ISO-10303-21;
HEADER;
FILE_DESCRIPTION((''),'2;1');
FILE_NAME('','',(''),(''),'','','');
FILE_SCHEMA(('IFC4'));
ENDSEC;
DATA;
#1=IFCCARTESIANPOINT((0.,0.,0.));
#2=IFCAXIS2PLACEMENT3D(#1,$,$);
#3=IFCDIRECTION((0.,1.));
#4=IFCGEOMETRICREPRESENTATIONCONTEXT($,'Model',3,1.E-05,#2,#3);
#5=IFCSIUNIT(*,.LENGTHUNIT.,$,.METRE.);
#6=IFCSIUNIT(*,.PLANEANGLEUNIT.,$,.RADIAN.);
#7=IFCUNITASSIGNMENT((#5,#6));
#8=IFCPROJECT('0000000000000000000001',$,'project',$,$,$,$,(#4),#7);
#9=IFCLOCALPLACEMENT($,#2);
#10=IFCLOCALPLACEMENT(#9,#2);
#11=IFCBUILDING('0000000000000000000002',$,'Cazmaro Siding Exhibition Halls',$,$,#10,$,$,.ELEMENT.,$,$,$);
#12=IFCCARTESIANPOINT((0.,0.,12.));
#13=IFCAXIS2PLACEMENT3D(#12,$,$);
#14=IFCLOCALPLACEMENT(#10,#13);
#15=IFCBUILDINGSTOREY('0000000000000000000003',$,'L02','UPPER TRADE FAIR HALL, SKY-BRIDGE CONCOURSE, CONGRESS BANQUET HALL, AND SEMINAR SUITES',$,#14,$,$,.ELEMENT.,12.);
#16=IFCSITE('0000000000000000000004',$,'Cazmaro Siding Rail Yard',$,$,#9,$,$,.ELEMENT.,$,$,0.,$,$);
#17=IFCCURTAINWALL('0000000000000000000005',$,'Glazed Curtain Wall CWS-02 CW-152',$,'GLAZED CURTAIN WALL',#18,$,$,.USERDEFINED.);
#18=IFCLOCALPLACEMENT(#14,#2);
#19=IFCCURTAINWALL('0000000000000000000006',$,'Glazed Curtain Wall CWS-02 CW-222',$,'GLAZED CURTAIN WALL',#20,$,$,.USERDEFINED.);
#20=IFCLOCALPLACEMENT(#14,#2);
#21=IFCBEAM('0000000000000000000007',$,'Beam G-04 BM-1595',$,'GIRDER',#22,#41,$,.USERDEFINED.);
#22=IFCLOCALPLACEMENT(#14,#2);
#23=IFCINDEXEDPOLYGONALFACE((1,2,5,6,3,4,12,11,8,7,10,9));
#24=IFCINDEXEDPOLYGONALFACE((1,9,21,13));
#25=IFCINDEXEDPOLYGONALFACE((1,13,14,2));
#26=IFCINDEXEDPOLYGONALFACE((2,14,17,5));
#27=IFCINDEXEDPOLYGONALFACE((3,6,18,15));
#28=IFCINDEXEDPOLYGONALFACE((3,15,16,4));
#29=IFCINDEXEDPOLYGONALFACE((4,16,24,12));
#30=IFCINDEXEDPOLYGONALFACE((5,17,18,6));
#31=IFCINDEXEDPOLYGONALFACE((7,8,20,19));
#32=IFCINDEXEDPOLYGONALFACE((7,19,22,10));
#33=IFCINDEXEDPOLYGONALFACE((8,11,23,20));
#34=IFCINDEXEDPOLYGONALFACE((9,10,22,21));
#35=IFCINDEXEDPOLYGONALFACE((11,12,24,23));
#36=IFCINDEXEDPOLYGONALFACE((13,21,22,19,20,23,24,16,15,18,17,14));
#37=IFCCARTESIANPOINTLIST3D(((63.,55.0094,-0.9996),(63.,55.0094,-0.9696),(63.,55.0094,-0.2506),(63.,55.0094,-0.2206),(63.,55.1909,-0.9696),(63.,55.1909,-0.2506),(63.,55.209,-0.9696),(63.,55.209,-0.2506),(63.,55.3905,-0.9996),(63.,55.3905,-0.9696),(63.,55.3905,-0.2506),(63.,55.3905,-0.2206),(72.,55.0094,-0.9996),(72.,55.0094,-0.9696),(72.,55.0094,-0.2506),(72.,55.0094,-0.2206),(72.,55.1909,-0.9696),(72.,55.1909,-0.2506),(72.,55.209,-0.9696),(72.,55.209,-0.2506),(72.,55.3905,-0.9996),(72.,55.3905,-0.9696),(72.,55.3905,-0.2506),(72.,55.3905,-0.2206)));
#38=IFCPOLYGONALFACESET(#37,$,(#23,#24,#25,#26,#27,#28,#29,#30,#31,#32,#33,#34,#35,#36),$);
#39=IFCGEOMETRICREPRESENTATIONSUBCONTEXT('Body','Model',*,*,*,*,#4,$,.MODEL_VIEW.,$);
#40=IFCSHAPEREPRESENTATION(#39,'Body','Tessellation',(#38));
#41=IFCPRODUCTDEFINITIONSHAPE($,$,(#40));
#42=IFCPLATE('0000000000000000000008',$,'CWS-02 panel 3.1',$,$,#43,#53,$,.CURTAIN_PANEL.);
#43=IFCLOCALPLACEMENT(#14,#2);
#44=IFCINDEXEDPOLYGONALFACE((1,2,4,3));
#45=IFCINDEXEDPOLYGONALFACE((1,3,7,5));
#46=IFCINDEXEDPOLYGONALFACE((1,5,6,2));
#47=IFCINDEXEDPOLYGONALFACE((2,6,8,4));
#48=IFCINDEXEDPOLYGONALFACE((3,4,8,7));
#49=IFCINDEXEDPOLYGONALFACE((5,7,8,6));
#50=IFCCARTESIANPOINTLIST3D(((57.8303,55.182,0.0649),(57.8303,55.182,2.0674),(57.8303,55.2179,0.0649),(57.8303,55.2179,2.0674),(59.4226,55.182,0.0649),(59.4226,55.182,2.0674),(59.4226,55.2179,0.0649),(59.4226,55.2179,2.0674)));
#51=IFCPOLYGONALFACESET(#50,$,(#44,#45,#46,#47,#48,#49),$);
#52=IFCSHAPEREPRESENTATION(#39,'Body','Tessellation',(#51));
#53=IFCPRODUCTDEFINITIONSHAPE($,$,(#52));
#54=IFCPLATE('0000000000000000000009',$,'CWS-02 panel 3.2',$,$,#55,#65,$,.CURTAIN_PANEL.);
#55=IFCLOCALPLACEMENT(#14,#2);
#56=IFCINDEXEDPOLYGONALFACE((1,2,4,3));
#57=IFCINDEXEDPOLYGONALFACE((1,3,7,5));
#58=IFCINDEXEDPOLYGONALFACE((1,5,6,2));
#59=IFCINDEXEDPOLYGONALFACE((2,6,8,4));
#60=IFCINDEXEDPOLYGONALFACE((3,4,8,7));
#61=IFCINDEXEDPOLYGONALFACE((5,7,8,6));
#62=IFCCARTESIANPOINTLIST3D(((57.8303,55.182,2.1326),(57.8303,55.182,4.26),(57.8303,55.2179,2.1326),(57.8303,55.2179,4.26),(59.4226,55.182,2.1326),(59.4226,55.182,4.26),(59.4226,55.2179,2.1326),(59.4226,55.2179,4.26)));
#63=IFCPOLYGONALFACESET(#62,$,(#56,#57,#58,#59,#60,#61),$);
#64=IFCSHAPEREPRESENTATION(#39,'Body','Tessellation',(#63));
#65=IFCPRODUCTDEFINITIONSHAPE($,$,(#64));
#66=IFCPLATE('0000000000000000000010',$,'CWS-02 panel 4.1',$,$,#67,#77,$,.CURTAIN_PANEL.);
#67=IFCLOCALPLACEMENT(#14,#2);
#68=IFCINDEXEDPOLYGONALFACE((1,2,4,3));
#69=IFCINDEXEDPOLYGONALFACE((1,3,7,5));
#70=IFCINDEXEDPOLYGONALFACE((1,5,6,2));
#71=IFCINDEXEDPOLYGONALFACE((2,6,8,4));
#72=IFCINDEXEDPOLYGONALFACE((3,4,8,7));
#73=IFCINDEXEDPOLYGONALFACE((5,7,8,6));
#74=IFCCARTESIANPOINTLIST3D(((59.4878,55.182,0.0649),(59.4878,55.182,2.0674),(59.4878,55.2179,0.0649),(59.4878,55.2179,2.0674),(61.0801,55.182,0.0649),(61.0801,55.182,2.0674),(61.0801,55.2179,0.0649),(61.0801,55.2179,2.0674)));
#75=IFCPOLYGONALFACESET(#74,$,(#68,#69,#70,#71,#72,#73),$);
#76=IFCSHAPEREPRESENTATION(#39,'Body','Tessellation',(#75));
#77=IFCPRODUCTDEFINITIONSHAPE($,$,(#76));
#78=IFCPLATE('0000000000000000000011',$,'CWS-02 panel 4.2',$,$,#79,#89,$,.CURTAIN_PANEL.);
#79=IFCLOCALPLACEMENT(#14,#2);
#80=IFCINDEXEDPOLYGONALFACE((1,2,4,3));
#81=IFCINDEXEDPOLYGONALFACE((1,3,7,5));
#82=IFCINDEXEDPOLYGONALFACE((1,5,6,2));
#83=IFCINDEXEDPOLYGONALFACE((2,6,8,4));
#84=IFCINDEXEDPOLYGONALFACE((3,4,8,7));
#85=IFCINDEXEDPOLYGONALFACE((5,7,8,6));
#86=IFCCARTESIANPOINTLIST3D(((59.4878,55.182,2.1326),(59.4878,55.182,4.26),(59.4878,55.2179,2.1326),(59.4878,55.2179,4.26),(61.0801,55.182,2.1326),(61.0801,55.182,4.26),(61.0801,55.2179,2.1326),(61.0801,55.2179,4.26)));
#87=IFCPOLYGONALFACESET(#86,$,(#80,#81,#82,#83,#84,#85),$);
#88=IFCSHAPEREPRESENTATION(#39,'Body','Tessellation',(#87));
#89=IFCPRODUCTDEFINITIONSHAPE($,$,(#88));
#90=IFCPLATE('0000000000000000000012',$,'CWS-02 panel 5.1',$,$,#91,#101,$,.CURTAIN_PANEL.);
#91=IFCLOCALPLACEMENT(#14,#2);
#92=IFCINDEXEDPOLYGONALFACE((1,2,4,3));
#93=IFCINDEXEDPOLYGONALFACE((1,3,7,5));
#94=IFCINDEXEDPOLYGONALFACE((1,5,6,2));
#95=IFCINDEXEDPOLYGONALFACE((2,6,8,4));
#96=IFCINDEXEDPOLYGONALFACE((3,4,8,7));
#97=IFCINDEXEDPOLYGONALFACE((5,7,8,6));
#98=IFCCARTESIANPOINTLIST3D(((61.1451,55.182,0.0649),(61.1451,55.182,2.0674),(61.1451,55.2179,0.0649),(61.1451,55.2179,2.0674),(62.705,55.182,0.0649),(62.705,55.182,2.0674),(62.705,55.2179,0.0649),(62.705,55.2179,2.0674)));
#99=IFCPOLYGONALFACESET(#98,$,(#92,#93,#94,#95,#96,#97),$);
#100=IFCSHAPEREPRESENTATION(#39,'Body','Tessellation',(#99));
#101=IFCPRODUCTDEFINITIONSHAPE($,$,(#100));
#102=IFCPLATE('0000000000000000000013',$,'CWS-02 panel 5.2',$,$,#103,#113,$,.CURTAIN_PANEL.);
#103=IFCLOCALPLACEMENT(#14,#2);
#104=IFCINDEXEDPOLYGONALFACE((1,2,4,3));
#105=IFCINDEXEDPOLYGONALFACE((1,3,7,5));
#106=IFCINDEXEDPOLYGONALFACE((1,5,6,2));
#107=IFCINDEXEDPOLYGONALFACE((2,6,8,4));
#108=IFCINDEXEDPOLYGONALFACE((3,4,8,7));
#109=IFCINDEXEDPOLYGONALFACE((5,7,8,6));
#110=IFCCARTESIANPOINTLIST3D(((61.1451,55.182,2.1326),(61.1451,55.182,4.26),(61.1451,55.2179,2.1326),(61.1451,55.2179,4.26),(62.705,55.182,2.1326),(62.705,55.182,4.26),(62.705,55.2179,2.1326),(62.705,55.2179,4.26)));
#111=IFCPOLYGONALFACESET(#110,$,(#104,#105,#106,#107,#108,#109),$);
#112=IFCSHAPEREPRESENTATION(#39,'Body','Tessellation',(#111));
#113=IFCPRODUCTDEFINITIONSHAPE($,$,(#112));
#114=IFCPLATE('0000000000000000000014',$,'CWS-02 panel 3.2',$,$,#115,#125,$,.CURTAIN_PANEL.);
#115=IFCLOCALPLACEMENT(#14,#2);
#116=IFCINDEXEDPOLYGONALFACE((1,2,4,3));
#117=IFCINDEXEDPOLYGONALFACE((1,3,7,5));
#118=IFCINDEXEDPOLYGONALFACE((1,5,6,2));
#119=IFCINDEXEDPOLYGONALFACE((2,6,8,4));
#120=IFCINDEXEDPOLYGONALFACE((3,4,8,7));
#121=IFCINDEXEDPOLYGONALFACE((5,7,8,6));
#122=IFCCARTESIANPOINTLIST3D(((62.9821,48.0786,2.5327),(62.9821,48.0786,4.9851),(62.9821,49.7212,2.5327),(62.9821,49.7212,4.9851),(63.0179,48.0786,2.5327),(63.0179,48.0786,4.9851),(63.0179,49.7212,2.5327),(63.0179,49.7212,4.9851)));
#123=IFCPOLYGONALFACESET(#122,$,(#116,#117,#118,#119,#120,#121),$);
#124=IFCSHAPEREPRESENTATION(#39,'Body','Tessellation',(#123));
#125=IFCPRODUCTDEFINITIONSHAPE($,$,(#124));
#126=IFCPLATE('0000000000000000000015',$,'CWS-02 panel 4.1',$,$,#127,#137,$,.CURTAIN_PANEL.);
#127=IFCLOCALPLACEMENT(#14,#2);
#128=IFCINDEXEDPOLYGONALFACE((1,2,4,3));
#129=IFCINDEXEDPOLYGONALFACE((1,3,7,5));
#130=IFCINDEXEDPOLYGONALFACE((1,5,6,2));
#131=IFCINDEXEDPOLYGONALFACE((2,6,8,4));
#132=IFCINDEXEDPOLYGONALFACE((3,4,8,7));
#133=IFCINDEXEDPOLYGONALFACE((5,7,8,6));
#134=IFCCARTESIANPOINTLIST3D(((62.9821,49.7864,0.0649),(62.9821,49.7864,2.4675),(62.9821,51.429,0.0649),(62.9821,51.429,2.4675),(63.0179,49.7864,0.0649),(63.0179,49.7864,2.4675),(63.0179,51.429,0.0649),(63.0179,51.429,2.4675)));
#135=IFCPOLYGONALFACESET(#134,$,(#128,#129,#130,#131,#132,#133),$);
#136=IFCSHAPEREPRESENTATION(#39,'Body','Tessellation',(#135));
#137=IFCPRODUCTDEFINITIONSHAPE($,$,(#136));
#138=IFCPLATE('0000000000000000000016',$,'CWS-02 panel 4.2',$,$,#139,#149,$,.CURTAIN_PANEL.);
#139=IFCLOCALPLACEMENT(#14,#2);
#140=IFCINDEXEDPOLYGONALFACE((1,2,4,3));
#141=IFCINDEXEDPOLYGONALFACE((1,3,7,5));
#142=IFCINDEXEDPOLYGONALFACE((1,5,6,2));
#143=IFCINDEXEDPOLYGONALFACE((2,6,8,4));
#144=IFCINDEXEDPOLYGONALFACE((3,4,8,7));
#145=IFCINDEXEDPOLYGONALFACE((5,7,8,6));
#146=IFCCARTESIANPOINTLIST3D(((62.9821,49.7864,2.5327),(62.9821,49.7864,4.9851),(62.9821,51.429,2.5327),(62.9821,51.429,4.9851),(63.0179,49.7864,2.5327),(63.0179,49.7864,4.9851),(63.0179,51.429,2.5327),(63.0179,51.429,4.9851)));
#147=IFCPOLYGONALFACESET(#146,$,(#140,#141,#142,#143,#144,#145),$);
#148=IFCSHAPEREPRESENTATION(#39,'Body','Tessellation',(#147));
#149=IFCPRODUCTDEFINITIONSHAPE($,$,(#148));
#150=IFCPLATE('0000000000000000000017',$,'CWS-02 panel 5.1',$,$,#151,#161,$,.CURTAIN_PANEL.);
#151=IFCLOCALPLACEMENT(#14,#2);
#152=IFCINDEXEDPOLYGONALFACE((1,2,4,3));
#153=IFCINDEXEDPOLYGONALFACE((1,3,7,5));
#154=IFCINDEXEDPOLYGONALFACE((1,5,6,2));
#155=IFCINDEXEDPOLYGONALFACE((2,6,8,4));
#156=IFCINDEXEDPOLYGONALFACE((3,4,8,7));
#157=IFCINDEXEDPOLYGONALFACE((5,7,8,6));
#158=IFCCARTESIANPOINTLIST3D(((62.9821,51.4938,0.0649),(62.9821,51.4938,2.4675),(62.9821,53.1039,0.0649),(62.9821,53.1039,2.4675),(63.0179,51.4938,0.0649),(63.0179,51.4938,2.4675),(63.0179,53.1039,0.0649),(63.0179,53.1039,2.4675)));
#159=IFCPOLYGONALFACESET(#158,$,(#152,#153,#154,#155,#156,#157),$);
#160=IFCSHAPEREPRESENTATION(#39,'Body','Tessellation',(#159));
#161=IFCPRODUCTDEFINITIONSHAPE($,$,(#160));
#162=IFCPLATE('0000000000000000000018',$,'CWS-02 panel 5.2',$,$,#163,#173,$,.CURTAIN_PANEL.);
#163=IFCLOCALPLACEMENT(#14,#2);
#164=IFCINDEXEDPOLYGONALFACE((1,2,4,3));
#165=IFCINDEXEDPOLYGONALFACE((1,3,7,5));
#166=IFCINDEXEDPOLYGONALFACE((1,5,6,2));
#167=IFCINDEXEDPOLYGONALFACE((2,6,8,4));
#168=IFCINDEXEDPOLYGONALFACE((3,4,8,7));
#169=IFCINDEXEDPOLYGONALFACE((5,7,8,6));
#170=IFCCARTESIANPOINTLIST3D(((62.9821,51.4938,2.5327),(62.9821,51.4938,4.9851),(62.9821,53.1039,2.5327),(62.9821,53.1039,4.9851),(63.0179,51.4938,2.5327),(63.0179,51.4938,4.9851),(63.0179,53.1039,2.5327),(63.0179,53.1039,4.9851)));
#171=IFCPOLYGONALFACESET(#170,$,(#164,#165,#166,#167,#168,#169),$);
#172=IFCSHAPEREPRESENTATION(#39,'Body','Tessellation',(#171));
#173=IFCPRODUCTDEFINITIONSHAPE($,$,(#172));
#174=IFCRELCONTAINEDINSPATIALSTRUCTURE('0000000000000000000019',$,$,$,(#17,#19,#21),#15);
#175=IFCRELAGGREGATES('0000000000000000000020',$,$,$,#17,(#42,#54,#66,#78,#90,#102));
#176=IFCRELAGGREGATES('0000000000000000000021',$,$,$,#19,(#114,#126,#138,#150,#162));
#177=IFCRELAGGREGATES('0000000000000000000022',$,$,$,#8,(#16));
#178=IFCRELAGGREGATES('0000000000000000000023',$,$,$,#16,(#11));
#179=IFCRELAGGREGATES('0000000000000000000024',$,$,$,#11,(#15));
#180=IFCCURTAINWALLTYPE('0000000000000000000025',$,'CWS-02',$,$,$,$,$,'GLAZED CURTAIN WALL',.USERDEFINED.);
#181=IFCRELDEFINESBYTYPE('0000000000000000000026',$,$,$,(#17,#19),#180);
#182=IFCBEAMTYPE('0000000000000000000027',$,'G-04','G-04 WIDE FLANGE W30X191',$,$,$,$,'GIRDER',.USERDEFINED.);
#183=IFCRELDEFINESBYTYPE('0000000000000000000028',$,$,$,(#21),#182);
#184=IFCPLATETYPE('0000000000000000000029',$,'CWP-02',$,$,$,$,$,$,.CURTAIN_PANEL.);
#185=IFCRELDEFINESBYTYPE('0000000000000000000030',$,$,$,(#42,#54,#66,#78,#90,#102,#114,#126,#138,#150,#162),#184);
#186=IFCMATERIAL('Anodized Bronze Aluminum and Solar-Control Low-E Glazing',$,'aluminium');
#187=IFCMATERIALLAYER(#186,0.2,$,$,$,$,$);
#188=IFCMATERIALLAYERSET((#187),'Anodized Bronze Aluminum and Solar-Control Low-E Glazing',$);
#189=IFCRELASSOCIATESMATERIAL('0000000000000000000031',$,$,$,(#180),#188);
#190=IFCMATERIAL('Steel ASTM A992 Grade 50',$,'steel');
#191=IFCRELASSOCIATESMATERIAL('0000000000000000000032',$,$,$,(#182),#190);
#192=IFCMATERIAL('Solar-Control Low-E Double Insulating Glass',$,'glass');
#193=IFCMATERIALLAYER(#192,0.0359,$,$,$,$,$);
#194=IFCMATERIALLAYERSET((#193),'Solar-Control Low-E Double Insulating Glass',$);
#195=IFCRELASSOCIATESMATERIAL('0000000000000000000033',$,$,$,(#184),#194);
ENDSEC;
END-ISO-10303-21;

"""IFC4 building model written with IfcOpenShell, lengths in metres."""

from ifc_helpers import new_model, si_unit, direction, frame, origin, origin_2d, place, context, subcontext, project, spatial, rectangle, i_section, extrude, material, layer, layer_set, material_profile, profile_set, type_object, element, aggregate, save


model = new_model("IFC4")

# Units and contexts
model_context = context("Model", 3, precision=1e-05, world=origin(), true_north=direction((0.0, 1.0)))
body_context = subcontext(model_context, "Body", "Model", "MODEL_VIEW")
ifc_project = project(units=[si_unit("LENGTHUNIT", "METRE"), si_unit("PLANEANGLEUNIT", "RADIAN")], contexts=[model_context])

# Site, building, storey
site_placement = place(None, origin())
site = spatial("IfcSite", under=ifc_project, at=site_placement, Name="Cazmaro Siding Rail Yard", CompositionType="ELEMENT", RefElevation=0.0)
building_placement = place(site_placement, origin())
building = spatial("IfcBuilding", under=site, at=building_placement, Name="Cazmaro Siding Exhibition Halls", CompositionType="ELEMENT")
storey_placement = place(building_placement, frame((0.0, 0.0, 12.0)))
storey = spatial("IfcBuildingStorey", under=building, at=storey_placement, Name="L02", Description="UPPER TRADE FAIR HALL, SKY-BRIDGE CONCOURSE, CONGRESS BANQUET HALL, AND SEMINAR SUITES", CompositionType="ELEMENT", Elevation=12.0)

# Curtain walls
ifc_material_1 = material(Name="Anodized Bronze Aluminum and Solar-Control Low-E Glazing", Category="aluminium")
ifc_layer_1 = layer(ifc_material_1, 0.2)
ifc_layer_set_1 = layer_set([ifc_layer_1], Name="Anodized Bronze Aluminum and Solar-Control Low-E Glazing")
curtain_wall_type = type_object("IfcCurtainWallType", Name="CWS-02", ElementType="GLAZED CURTAIN WALL", PredefinedType="USERDEFINED", material=ifc_layer_set_1)
curtain_wall_1_placement = place(storey_placement, origin())
curtain_wall_1 = element("IfcCurtainWall", 1, at=curtain_wall_1_placement, inside=storey, type_object=curtain_wall_type, Name="Glazed Curtain Wall CWS-02 CW-152", ObjectType="GLAZED CURTAIN WALL", PredefinedType="USERDEFINED")
curtain_wall_2_placement = place(storey_placement, origin())
curtain_wall_2 = element("IfcCurtainWall", 2, at=curtain_wall_2_placement, inside=storey, type_object=curtain_wall_type, Name="Glazed Curtain Wall CWS-02 CW-222", ObjectType="GLAZED CURTAIN WALL", PredefinedType="USERDEFINED")

# Beam
ifc_material_2 = material(Name="Steel ASTM A992 Grade 50", Category="steel")
ifc_material_profile_1 = material_profile(ifc_material_2, i_section(OverallWidth=0.3811, OverallDepth=0.7791, WebThickness=0.0181, FlangeThickness=0.03, at=origin_2d()), Name="W30X191")
ifc_profile_set_1 = profile_set([ifc_material_profile_1], Name="Steel ASTM A992 Grade 50")
beam_type_1 = type_object("IfcBeamType", Name="G-04", Description="G-04 WIDE FLANGE W30X191", ElementType="GIRDER", PredefinedType="USERDEFINED", material=ifc_profile_set_1)
beam_1_placement = place(storey_placement, frame((63.0, 55.2, -0.6101), z_axis=(1.0, 0.0, 0.0), x_axis=(0.0, 1.0, 0.0)))
element("IfcBeam", 3, at=beam_1_placement, inside=storey, type_object=beam_type_1, Name="Beam G-04 BM-1595", ObjectType="GIRDER", PredefinedType="USERDEFINED", context=body_context, shape_type="SweptSolid", body=[
    extrude(i_section(OverallWidth=0.3811, OverallDepth=0.7791, WebThickness=0.0181, FlangeThickness=0.03, at=origin_2d()), origin(), (0.0, 0.0, 1.0), 9.0),
])

# Plates
ifc_material_3 = material(Name="Solar-Control Low-E Double Insulating Glass", Category="glass")
ifc_layer_2 = layer(ifc_material_3, 0.0359)
ifc_layer_set_2 = layer_set([ifc_layer_2], Name="Solar-Control Low-E Double Insulating Glass")
plate_type = type_object("IfcPlateType", Name="CWP-02", PredefinedType="CURTAIN_PANEL", material=ifc_layer_set_2)
plate_1_placement = place(storey_placement, frame((58.6265, 55.2, 0.0649), z_axis=(0.0, 0.0, 1.0), x_axis=(1.0, 0.0, 0.0)))
plate_1 = element("IfcPlate", 4, at=plate_1_placement, type_object=plate_type, Name="CWS-02 panel 3.1", PredefinedType="CURTAIN_PANEL", context=body_context, shape_type="SweptSolid", body=[
    extrude(rectangle(XDim=1.5923, YDim=0.0359, at=origin_2d()), origin(), (0.0, 0.0, 1.0), 2.0024),
])
plate_2_placement = place(storey_placement, frame((58.6265, 55.2, 2.1326), z_axis=(0.0, 0.0, 1.0), x_axis=(1.0, 0.0, 0.0)))
plate_2 = element("IfcPlate", 5, at=plate_2_placement, type_object=plate_type, Name="CWS-02 panel 3.2", PredefinedType="CURTAIN_PANEL", context=body_context, shape_type="SweptSolid", body=[
    extrude(rectangle(XDim=1.5923, YDim=0.0359, at=origin_2d()), origin(), (0.0, 0.0, 1.0), 2.1274),
])
plate_3_placement = place(storey_placement, frame((60.2839, 55.2, 0.0649), z_axis=(0.0, 0.0, 1.0), x_axis=(1.0, 0.0, 0.0)))
plate_3 = element("IfcPlate", 6, at=plate_3_placement, type_object=plate_type, Name="CWS-02 panel 4.1", PredefinedType="CURTAIN_PANEL", context=body_context, shape_type="SweptSolid", body=[
    extrude(rectangle(XDim=1.5923, YDim=0.0359, at=origin_2d()), origin(), (0.0, 0.0, 1.0), 2.0024),
])
plate_4_placement = place(storey_placement, frame((60.2839, 55.2, 2.1326), z_axis=(0.0, 0.0, 1.0), x_axis=(1.0, 0.0, 0.0)))
plate_4 = element("IfcPlate", 7, at=plate_4_placement, type_object=plate_type, Name="CWS-02 panel 4.2", PredefinedType="CURTAIN_PANEL", context=body_context, shape_type="SweptSolid", body=[
    extrude(rectangle(XDim=1.5923, YDim=0.0359, at=origin_2d()), origin(), (0.0, 0.0, 1.0), 2.1274),
])
plate_5_placement = place(storey_placement, frame((61.925, 55.2, 0.0649), z_axis=(0.0, 0.0, 1.0), x_axis=(1.0, 0.0, 0.0)))
plate_5 = element("IfcPlate", 8, at=plate_5_placement, type_object=plate_type, Name="CWS-02 panel 5.1", PredefinedType="CURTAIN_PANEL", context=body_context, shape_type="SweptSolid", body=[
    extrude(rectangle(XDim=1.5598, YDim=0.0359, at=origin_2d()), origin(), (0.0, 0.0, 1.0), 2.0024),
])
plate_6_placement = place(storey_placement, frame((61.925, 55.2, 2.1326), z_axis=(0.0, 0.0, 1.0), x_axis=(1.0, 0.0, 0.0)))
plate_6 = element("IfcPlate", 9, at=plate_6_placement, type_object=plate_type, Name="CWS-02 panel 5.2", PredefinedType="CURTAIN_PANEL", context=body_context, shape_type="SweptSolid", body=[
    extrude(rectangle(XDim=1.5598, YDim=0.0359, at=origin_2d()), origin(), (0.0, 0.0, 1.0), 2.1274),
])
aggregate(curtain_wall_1, [plate_1, plate_2, plate_3, plate_4, plate_5, plate_6])
plate_7_placement = place(storey_placement, frame((63.0, 48.8999, 2.5327), z_axis=(0.0, 0.0, 1.0), x_axis=(0.0, 1.0, 0.0)))
plate_7 = element("IfcPlate", 10, at=plate_7_placement, type_object=plate_type, Name="CWS-02 panel 3.2", PredefinedType="CURTAIN_PANEL", context=body_context, shape_type="SweptSolid", body=[
    extrude(rectangle(XDim=1.6426, YDim=0.0359, at=origin_2d()), origin(), (0.0, 0.0, 1.0), 2.4524),
])
plate_8_placement = place(storey_placement, frame((63.0, 50.6077, 0.0649), z_axis=(0.0, 0.0, 1.0), x_axis=(0.0, 1.0, 0.0)))
plate_8 = element("IfcPlate", 11, at=plate_8_placement, type_object=plate_type, Name="CWS-02 panel 4.1", PredefinedType="CURTAIN_PANEL", context=body_context, shape_type="SweptSolid", body=[
    extrude(rectangle(XDim=1.6426, YDim=0.0359, at=origin_2d()), origin(), (0.0, 0.0, 1.0), 2.4026),
])
plate_9_placement = place(storey_placement, frame((63.0, 50.6077, 2.5327), z_axis=(0.0, 0.0, 1.0), x_axis=(0.0, 1.0, 0.0)))
plate_9 = element("IfcPlate", 12, at=plate_9_placement, type_object=plate_type, Name="CWS-02 panel 4.2", PredefinedType="CURTAIN_PANEL", context=body_context, shape_type="SweptSolid", body=[
    extrude(rectangle(XDim=1.6426, YDim=0.0359, at=origin_2d()), origin(), (0.0, 0.0, 1.0), 2.4524),
])
plate_10_placement = place(storey_placement, frame((63.0, 52.2988, 0.0649), z_axis=(0.0, 0.0, 1.0), x_axis=(0.0, 1.0, 0.0)))
plate_10 = element("IfcPlate", 13, at=plate_10_placement, type_object=plate_type, Name="CWS-02 panel 5.1", PredefinedType="CURTAIN_PANEL", context=body_context, shape_type="SweptSolid", body=[
    extrude(rectangle(XDim=1.6101, YDim=0.0359, at=origin_2d()), origin(), (0.0, 0.0, 1.0), 2.4026),
])
plate_11_placement = place(storey_placement, frame((63.0, 52.2988, 2.5327), z_axis=(0.0, 0.0, 1.0), x_axis=(0.0, 1.0, 0.0)))
plate_11 = element("IfcPlate", 14, at=plate_11_placement, type_object=plate_type, Name="CWS-02 panel 5.2", PredefinedType="CURTAIN_PANEL", context=body_context, shape_type="SweptSolid", body=[
    extrude(rectangle(XDim=1.6101, YDim=0.0359, at=origin_2d()), origin(), (0.0, 0.0, 1.0), 2.4524),
])
aggregate(curtain_wall_2, [plate_7, plate_8, plate_9, plate_10, plate_11])

save(model, "model.ifc")
